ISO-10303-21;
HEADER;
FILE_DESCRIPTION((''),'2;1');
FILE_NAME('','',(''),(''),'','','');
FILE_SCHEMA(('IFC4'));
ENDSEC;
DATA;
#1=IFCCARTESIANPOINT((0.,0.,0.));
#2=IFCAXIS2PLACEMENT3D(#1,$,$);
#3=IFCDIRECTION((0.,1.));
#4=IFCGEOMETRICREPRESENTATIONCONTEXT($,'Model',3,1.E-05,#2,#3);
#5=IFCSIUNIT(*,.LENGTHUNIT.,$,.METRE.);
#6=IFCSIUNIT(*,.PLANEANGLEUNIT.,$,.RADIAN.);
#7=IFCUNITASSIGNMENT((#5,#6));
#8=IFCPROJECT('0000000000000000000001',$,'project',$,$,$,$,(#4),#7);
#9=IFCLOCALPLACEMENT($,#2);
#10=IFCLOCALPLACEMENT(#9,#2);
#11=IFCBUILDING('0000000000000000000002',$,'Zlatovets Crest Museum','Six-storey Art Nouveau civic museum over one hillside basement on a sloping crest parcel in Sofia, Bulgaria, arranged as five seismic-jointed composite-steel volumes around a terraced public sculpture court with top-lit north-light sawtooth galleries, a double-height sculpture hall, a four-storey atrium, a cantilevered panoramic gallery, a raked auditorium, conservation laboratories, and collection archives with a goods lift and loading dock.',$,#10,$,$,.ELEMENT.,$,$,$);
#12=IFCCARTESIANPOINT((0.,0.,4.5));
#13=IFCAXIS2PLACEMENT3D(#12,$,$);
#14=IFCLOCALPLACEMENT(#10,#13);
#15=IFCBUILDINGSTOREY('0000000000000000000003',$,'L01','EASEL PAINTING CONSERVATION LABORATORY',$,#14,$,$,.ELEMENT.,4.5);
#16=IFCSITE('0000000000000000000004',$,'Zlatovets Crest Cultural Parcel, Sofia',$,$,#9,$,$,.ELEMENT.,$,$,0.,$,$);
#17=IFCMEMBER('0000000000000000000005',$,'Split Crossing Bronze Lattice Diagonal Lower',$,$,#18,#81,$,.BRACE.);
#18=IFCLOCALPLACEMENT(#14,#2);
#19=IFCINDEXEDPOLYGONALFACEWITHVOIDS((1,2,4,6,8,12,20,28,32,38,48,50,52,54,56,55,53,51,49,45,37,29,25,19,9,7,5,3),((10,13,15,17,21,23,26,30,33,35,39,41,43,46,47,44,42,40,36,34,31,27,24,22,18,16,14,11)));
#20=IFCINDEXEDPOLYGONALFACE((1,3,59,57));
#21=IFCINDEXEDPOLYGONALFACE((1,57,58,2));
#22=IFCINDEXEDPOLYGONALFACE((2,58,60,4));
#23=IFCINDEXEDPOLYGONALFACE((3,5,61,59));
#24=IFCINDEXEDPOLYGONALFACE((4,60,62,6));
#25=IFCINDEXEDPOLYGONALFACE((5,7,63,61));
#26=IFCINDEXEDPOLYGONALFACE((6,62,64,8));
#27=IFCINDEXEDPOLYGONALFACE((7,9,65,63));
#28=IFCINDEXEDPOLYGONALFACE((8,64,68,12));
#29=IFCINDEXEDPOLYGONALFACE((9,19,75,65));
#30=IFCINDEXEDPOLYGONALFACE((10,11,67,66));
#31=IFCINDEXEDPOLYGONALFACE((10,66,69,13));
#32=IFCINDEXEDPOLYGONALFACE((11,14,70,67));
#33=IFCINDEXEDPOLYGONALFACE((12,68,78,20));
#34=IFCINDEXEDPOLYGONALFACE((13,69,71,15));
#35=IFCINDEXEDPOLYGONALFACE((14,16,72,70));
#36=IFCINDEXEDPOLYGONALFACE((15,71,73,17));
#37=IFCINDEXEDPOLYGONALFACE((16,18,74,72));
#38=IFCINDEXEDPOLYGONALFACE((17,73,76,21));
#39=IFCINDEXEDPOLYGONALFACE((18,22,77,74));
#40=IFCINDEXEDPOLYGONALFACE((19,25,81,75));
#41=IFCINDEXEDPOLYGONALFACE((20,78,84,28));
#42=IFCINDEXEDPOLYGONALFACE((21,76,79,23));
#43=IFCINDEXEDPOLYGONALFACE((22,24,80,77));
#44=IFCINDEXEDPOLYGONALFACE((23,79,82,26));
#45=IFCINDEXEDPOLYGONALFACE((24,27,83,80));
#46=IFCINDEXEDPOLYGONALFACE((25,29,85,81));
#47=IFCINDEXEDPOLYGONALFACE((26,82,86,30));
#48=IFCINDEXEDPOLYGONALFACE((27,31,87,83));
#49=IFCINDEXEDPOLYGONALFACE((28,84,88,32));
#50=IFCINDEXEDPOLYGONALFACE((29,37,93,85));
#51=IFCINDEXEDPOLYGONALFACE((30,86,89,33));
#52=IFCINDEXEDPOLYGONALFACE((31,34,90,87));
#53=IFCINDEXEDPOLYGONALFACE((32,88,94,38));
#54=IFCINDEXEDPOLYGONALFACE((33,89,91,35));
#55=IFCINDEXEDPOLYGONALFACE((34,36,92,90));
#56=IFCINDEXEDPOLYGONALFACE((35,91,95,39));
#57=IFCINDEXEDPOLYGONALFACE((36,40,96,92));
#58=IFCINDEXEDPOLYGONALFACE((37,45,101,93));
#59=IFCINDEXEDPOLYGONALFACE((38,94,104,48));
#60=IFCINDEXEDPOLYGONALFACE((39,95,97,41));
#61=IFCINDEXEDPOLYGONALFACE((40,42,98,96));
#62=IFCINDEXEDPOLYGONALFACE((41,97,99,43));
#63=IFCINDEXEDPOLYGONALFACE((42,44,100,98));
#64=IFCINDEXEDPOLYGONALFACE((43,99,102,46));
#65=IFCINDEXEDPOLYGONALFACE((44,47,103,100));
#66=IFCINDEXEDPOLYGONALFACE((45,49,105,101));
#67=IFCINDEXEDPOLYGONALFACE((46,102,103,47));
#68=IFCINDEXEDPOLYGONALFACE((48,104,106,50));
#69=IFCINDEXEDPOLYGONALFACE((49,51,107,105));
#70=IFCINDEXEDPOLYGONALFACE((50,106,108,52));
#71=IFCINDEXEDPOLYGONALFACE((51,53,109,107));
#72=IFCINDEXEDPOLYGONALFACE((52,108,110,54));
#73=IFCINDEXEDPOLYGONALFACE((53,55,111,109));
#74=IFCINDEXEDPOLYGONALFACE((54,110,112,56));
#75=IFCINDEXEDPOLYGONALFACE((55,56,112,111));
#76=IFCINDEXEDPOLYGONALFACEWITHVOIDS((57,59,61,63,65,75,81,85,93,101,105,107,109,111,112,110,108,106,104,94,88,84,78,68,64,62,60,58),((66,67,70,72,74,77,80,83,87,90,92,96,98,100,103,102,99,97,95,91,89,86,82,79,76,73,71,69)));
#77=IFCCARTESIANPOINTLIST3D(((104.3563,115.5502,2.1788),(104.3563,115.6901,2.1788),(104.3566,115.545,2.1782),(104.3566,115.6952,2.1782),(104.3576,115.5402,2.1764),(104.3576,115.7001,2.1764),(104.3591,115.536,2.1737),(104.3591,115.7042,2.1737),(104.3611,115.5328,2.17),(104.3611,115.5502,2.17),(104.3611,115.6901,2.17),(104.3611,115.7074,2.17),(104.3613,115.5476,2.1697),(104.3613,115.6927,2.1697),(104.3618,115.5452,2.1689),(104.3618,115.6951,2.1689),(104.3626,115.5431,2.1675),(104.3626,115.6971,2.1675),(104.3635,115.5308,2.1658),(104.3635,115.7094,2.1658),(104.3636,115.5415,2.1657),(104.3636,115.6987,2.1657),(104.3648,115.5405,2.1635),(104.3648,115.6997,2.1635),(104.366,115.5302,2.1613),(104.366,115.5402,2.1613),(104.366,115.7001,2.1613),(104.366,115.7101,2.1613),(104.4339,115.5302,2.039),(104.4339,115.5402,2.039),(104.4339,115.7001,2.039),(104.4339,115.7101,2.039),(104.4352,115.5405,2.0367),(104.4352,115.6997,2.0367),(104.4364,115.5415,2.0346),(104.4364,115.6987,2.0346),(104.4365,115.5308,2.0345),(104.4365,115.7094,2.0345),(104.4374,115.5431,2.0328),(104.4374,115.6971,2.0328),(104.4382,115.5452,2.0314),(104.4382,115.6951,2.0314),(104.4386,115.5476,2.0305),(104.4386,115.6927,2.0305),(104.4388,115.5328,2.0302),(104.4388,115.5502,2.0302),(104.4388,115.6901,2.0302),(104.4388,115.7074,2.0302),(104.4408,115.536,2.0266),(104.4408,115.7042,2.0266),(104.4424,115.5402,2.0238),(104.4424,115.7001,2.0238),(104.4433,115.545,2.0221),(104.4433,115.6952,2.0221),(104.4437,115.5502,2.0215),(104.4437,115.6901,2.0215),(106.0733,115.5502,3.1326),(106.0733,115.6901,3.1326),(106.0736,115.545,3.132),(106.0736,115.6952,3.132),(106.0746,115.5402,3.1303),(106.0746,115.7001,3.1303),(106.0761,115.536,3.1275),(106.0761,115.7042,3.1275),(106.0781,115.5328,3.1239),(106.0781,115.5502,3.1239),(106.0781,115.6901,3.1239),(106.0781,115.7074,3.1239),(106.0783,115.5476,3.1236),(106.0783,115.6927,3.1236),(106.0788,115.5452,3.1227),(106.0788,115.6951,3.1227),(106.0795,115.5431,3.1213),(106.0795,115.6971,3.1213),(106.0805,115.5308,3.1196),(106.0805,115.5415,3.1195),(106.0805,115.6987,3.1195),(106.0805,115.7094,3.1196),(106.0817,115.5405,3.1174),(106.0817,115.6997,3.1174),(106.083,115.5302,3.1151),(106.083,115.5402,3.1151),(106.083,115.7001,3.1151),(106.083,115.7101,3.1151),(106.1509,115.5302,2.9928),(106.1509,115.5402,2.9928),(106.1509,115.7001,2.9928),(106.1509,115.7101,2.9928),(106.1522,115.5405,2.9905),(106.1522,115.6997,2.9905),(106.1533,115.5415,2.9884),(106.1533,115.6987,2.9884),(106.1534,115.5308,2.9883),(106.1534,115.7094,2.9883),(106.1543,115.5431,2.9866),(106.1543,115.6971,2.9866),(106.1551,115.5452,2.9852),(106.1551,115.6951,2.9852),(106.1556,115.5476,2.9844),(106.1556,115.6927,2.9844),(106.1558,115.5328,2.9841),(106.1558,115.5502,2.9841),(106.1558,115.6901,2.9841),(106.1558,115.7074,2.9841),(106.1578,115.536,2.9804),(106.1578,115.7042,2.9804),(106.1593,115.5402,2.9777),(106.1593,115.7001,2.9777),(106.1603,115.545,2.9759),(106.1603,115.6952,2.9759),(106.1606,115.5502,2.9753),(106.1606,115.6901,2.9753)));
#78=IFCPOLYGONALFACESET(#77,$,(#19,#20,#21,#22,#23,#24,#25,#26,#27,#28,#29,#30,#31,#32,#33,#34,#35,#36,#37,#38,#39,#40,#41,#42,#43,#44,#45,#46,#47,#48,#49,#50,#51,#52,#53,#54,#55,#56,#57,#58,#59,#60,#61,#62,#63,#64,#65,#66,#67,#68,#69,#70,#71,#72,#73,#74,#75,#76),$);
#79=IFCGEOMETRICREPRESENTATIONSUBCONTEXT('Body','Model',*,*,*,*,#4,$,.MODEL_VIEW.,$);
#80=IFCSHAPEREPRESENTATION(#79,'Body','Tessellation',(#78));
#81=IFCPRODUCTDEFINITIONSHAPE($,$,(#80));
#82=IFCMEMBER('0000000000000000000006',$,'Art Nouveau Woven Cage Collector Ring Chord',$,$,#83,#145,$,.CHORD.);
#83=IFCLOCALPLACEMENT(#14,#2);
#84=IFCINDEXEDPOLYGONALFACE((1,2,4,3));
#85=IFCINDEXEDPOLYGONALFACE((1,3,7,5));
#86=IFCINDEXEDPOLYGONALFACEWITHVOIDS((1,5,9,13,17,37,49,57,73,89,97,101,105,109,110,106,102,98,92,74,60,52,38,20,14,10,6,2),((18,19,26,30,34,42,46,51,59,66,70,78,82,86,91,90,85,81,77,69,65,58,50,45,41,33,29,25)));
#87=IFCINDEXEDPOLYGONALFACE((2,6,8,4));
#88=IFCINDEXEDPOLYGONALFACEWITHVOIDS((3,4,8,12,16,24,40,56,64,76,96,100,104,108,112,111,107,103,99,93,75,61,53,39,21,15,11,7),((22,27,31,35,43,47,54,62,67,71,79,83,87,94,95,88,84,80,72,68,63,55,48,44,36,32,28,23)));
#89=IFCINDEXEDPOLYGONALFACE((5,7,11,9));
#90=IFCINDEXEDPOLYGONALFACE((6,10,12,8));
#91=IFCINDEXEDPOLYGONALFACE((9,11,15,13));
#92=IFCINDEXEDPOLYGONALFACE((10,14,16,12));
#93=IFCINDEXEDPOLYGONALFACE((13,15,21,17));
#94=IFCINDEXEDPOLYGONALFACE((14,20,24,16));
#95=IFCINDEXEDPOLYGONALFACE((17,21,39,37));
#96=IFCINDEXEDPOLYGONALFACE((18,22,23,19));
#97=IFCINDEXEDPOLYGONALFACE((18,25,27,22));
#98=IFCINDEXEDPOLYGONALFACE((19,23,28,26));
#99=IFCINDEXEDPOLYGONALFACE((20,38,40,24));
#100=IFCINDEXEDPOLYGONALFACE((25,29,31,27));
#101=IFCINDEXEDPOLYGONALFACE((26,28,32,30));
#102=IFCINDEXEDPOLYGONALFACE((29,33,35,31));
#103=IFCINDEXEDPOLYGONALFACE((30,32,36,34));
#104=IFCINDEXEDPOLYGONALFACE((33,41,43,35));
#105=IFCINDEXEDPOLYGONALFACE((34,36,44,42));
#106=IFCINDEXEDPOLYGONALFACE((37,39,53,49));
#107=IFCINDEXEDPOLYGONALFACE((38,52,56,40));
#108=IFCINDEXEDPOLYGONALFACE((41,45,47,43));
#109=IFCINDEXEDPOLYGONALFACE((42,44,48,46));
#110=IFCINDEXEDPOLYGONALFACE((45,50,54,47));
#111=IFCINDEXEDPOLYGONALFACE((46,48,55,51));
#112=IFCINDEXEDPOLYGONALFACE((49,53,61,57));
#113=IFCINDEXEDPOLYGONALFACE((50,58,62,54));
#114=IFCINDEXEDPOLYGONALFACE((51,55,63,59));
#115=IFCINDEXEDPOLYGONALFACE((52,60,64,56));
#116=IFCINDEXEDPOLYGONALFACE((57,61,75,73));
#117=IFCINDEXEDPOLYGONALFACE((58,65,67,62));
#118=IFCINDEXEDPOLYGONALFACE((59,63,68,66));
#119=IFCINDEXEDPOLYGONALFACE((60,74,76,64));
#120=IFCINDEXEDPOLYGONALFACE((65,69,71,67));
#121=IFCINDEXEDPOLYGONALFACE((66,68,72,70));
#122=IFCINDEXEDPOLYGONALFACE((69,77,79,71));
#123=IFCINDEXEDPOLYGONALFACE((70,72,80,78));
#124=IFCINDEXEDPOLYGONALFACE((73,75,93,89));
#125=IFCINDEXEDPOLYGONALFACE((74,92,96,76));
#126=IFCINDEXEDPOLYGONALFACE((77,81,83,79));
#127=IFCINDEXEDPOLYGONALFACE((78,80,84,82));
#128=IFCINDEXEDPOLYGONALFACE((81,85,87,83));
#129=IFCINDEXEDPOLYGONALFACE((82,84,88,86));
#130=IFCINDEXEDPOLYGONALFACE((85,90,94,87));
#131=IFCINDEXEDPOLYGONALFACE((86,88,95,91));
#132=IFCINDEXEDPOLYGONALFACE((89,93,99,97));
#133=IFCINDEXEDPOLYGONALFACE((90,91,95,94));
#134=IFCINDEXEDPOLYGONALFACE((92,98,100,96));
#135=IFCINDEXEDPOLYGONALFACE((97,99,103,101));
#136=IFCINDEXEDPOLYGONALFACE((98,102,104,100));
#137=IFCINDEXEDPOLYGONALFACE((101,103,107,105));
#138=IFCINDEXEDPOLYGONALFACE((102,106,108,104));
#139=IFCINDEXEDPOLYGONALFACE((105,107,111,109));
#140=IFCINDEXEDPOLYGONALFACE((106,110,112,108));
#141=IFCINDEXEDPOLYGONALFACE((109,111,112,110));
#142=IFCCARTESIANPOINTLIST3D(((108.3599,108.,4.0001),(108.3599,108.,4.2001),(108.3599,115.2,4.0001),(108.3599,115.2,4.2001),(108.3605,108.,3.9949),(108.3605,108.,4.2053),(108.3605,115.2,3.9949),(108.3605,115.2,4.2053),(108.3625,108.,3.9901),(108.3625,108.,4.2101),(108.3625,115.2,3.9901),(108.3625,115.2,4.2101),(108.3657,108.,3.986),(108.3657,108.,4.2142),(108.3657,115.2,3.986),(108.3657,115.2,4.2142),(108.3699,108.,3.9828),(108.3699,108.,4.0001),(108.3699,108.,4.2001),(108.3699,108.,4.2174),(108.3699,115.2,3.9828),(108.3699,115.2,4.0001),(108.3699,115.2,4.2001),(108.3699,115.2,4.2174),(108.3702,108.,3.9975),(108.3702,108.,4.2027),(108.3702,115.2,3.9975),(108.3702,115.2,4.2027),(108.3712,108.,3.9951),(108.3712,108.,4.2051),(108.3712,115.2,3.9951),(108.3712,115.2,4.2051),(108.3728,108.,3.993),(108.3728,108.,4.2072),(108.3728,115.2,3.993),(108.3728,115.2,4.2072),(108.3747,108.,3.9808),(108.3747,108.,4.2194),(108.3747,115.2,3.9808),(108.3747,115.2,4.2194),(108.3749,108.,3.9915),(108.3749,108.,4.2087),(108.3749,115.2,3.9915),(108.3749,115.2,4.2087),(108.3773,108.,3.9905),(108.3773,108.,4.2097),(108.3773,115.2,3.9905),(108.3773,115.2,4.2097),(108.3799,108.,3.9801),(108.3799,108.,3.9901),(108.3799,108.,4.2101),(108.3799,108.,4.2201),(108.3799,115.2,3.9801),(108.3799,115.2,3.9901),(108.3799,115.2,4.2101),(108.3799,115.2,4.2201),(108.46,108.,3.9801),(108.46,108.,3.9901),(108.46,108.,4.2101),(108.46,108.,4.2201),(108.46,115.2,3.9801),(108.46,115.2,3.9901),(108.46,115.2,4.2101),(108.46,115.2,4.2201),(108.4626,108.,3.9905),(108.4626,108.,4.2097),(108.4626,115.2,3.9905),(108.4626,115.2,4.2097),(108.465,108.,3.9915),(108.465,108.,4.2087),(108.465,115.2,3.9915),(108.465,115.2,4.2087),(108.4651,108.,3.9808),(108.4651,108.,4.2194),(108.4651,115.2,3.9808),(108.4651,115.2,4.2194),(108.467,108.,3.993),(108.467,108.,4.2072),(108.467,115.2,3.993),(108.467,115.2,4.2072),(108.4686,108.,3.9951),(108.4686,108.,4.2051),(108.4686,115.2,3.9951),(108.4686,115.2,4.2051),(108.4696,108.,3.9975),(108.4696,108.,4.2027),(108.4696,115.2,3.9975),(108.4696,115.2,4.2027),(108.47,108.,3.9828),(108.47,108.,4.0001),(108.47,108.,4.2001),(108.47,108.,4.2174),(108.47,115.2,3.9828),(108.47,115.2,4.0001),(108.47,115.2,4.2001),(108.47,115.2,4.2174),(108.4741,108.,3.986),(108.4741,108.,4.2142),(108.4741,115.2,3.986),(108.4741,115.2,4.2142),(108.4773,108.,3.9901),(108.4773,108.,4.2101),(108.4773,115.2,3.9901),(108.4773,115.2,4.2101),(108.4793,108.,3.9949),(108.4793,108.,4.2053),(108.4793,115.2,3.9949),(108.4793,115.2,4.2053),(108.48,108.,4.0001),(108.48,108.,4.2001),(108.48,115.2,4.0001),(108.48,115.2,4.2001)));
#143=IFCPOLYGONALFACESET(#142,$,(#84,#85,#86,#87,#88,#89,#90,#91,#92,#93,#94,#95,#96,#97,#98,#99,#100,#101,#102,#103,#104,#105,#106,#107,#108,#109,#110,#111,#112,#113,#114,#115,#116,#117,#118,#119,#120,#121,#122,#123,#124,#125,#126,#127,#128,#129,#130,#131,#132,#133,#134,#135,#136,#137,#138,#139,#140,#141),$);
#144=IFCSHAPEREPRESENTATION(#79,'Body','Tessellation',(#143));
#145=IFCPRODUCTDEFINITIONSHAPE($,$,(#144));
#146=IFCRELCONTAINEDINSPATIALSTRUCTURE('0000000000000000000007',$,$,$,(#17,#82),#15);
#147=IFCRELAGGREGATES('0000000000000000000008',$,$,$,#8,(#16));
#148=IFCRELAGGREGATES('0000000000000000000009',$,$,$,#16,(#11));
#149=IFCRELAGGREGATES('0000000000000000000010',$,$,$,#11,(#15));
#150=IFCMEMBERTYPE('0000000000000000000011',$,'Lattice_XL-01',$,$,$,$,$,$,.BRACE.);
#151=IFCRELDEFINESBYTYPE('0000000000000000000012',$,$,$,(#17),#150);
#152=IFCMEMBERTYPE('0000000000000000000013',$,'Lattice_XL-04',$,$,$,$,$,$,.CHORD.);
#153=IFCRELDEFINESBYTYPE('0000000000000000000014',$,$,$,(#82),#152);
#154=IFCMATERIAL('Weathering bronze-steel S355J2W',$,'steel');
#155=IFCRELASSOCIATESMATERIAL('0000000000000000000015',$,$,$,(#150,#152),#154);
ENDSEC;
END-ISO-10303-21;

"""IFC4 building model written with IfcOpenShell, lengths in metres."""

from ifc_helpers import new_model, si_unit, direction, frame, origin, origin_2d, place, context, subcontext, project, spatial, hollow_rectangle, extrude, material, material_profile, profile_set, type_object, element, save


model = new_model("IFC4")

# Units and contexts
model_context = context("Model", 3, precision=1e-05, world=origin(), true_north=direction((0.0, 1.0)))
body_context = subcontext(model_context, "Body", "Model", "MODEL_VIEW")
ifc_project = project(units=[si_unit("LENGTHUNIT", "METRE"), si_unit("PLANEANGLEUNIT", "RADIAN")], contexts=[model_context])

# Site, building, storey
site_placement = place(None, origin())
site = spatial("IfcSite", under=ifc_project, at=site_placement, Name="Zlatovets Crest Cultural Parcel, Sofia", CompositionType="ELEMENT", RefElevation=0.0)
building_placement = place(site_placement, origin())
building = spatial("IfcBuilding", under=site, at=building_placement, Name="Zlatovets Crest Museum", Description="Six-storey Art Nouveau civic museum over one hillside basement on a sloping crest parcel in Sofia, Bulgaria, arranged as five seismic-jointed composite-steel volumes around a terraced public sculpture court with top-lit north-light sawtooth galleries, a double-height sculpture hall, a four-storey atrium, a cantilevered panoramic gallery, a raked auditorium, conservation laboratories, and collection archives with a goods lift and loading dock.", CompositionType="ELEMENT")
storey_placement = place(building_placement, frame((0.0, 0.0, 4.5)))
storey = spatial("IfcBuildingStorey", under=building, at=storey_placement, Name="L01", Description="EASEL PAINTING CONSERVATION LABORATORY", CompositionType="ELEMENT", Elevation=4.5)

# Members
ifc_material_1 = material(Name="Weathering bronze-steel S355J2W", Category="steel")
ifc_material_profile_1 = material_profile(ifc_material_1, hollow_rectangle(XDim=0.1799, YDim=0.1799, WallThickness=0.01, InnerFilletRadius=0.01, OuterFilletRadius=0.02, at=origin_2d()), Name="SHS 180x180x10.0")
ifc_profile_set_1 = profile_set([ifc_material_profile_1], Name="Weathering bronze-steel S355J2W")
member_type_1 = type_object("IfcMemberType", Name="Lattice_XL-01", PredefinedType="BRACE", material=ifc_profile_set_1)
member_1_placement = place(storey_placement, frame((106.1169, 115.6201, 3.054), z_axis=(-0.874169, 0.0, -0.485622), x_axis=(0.0, -1.0, 0.0)))
element("IfcMember", 1, at=member_1_placement, inside=storey, type_object=member_type_1, Name="Split Crossing Bronze Lattice Diagonal Lower", PredefinedType="BRACE", context=body_context, shape_type="SweptSolid", body=[
    extrude(hollow_rectangle(XDim=0.1799, YDim=0.1799, WallThickness=0.01, InnerFilletRadius=0.01, OuterFilletRadius=0.02, at=origin_2d()), origin(), (0.0, 0.0, 1.0), 1.9641),
])
ifc_material_profile_2 = material_profile(ifc_material_1, hollow_rectangle(XDim=0.1201, YDim=0.24, WallThickness=0.01, InnerFilletRadius=0.01, OuterFilletRadius=0.02, at=origin_2d()), Name="RHS 120x240x10.0")
ifc_profile_set_2 = profile_set([ifc_material_profile_2], Name="Weathering bronze-steel S355J2W")
member_type_2 = type_object("IfcMemberType", Name="Lattice_XL-04", PredefinedType="CHORD", material=ifc_profile_set_2)
for number, where, z_axis, x_axis, name in (
    (2, (108.4199, 108.0, 4.1001), (0.0, 1.0, 0.0), (-1.0, 0.0, 0.0), "Art Nouveau Woven Cage Collector Ring Chord"),
):
    element("IfcMember", number, at=place(storey_placement, frame(where, z_axis=z_axis, x_axis=x_axis)), inside=storey, type_object=member_type_2, Name=name, PredefinedType="CHORD", context=body_context, shape_type="SweptSolid", body=[
        extrude(hollow_rectangle(XDim=0.1201, YDim=0.24, WallThickness=0.01, InnerFilletRadius=0.01, OuterFilletRadius=0.02, at=origin_2d()), origin(), (0.0, 0.0, 1.0), 7.2),
    ])

save(model, "model.ifc")
